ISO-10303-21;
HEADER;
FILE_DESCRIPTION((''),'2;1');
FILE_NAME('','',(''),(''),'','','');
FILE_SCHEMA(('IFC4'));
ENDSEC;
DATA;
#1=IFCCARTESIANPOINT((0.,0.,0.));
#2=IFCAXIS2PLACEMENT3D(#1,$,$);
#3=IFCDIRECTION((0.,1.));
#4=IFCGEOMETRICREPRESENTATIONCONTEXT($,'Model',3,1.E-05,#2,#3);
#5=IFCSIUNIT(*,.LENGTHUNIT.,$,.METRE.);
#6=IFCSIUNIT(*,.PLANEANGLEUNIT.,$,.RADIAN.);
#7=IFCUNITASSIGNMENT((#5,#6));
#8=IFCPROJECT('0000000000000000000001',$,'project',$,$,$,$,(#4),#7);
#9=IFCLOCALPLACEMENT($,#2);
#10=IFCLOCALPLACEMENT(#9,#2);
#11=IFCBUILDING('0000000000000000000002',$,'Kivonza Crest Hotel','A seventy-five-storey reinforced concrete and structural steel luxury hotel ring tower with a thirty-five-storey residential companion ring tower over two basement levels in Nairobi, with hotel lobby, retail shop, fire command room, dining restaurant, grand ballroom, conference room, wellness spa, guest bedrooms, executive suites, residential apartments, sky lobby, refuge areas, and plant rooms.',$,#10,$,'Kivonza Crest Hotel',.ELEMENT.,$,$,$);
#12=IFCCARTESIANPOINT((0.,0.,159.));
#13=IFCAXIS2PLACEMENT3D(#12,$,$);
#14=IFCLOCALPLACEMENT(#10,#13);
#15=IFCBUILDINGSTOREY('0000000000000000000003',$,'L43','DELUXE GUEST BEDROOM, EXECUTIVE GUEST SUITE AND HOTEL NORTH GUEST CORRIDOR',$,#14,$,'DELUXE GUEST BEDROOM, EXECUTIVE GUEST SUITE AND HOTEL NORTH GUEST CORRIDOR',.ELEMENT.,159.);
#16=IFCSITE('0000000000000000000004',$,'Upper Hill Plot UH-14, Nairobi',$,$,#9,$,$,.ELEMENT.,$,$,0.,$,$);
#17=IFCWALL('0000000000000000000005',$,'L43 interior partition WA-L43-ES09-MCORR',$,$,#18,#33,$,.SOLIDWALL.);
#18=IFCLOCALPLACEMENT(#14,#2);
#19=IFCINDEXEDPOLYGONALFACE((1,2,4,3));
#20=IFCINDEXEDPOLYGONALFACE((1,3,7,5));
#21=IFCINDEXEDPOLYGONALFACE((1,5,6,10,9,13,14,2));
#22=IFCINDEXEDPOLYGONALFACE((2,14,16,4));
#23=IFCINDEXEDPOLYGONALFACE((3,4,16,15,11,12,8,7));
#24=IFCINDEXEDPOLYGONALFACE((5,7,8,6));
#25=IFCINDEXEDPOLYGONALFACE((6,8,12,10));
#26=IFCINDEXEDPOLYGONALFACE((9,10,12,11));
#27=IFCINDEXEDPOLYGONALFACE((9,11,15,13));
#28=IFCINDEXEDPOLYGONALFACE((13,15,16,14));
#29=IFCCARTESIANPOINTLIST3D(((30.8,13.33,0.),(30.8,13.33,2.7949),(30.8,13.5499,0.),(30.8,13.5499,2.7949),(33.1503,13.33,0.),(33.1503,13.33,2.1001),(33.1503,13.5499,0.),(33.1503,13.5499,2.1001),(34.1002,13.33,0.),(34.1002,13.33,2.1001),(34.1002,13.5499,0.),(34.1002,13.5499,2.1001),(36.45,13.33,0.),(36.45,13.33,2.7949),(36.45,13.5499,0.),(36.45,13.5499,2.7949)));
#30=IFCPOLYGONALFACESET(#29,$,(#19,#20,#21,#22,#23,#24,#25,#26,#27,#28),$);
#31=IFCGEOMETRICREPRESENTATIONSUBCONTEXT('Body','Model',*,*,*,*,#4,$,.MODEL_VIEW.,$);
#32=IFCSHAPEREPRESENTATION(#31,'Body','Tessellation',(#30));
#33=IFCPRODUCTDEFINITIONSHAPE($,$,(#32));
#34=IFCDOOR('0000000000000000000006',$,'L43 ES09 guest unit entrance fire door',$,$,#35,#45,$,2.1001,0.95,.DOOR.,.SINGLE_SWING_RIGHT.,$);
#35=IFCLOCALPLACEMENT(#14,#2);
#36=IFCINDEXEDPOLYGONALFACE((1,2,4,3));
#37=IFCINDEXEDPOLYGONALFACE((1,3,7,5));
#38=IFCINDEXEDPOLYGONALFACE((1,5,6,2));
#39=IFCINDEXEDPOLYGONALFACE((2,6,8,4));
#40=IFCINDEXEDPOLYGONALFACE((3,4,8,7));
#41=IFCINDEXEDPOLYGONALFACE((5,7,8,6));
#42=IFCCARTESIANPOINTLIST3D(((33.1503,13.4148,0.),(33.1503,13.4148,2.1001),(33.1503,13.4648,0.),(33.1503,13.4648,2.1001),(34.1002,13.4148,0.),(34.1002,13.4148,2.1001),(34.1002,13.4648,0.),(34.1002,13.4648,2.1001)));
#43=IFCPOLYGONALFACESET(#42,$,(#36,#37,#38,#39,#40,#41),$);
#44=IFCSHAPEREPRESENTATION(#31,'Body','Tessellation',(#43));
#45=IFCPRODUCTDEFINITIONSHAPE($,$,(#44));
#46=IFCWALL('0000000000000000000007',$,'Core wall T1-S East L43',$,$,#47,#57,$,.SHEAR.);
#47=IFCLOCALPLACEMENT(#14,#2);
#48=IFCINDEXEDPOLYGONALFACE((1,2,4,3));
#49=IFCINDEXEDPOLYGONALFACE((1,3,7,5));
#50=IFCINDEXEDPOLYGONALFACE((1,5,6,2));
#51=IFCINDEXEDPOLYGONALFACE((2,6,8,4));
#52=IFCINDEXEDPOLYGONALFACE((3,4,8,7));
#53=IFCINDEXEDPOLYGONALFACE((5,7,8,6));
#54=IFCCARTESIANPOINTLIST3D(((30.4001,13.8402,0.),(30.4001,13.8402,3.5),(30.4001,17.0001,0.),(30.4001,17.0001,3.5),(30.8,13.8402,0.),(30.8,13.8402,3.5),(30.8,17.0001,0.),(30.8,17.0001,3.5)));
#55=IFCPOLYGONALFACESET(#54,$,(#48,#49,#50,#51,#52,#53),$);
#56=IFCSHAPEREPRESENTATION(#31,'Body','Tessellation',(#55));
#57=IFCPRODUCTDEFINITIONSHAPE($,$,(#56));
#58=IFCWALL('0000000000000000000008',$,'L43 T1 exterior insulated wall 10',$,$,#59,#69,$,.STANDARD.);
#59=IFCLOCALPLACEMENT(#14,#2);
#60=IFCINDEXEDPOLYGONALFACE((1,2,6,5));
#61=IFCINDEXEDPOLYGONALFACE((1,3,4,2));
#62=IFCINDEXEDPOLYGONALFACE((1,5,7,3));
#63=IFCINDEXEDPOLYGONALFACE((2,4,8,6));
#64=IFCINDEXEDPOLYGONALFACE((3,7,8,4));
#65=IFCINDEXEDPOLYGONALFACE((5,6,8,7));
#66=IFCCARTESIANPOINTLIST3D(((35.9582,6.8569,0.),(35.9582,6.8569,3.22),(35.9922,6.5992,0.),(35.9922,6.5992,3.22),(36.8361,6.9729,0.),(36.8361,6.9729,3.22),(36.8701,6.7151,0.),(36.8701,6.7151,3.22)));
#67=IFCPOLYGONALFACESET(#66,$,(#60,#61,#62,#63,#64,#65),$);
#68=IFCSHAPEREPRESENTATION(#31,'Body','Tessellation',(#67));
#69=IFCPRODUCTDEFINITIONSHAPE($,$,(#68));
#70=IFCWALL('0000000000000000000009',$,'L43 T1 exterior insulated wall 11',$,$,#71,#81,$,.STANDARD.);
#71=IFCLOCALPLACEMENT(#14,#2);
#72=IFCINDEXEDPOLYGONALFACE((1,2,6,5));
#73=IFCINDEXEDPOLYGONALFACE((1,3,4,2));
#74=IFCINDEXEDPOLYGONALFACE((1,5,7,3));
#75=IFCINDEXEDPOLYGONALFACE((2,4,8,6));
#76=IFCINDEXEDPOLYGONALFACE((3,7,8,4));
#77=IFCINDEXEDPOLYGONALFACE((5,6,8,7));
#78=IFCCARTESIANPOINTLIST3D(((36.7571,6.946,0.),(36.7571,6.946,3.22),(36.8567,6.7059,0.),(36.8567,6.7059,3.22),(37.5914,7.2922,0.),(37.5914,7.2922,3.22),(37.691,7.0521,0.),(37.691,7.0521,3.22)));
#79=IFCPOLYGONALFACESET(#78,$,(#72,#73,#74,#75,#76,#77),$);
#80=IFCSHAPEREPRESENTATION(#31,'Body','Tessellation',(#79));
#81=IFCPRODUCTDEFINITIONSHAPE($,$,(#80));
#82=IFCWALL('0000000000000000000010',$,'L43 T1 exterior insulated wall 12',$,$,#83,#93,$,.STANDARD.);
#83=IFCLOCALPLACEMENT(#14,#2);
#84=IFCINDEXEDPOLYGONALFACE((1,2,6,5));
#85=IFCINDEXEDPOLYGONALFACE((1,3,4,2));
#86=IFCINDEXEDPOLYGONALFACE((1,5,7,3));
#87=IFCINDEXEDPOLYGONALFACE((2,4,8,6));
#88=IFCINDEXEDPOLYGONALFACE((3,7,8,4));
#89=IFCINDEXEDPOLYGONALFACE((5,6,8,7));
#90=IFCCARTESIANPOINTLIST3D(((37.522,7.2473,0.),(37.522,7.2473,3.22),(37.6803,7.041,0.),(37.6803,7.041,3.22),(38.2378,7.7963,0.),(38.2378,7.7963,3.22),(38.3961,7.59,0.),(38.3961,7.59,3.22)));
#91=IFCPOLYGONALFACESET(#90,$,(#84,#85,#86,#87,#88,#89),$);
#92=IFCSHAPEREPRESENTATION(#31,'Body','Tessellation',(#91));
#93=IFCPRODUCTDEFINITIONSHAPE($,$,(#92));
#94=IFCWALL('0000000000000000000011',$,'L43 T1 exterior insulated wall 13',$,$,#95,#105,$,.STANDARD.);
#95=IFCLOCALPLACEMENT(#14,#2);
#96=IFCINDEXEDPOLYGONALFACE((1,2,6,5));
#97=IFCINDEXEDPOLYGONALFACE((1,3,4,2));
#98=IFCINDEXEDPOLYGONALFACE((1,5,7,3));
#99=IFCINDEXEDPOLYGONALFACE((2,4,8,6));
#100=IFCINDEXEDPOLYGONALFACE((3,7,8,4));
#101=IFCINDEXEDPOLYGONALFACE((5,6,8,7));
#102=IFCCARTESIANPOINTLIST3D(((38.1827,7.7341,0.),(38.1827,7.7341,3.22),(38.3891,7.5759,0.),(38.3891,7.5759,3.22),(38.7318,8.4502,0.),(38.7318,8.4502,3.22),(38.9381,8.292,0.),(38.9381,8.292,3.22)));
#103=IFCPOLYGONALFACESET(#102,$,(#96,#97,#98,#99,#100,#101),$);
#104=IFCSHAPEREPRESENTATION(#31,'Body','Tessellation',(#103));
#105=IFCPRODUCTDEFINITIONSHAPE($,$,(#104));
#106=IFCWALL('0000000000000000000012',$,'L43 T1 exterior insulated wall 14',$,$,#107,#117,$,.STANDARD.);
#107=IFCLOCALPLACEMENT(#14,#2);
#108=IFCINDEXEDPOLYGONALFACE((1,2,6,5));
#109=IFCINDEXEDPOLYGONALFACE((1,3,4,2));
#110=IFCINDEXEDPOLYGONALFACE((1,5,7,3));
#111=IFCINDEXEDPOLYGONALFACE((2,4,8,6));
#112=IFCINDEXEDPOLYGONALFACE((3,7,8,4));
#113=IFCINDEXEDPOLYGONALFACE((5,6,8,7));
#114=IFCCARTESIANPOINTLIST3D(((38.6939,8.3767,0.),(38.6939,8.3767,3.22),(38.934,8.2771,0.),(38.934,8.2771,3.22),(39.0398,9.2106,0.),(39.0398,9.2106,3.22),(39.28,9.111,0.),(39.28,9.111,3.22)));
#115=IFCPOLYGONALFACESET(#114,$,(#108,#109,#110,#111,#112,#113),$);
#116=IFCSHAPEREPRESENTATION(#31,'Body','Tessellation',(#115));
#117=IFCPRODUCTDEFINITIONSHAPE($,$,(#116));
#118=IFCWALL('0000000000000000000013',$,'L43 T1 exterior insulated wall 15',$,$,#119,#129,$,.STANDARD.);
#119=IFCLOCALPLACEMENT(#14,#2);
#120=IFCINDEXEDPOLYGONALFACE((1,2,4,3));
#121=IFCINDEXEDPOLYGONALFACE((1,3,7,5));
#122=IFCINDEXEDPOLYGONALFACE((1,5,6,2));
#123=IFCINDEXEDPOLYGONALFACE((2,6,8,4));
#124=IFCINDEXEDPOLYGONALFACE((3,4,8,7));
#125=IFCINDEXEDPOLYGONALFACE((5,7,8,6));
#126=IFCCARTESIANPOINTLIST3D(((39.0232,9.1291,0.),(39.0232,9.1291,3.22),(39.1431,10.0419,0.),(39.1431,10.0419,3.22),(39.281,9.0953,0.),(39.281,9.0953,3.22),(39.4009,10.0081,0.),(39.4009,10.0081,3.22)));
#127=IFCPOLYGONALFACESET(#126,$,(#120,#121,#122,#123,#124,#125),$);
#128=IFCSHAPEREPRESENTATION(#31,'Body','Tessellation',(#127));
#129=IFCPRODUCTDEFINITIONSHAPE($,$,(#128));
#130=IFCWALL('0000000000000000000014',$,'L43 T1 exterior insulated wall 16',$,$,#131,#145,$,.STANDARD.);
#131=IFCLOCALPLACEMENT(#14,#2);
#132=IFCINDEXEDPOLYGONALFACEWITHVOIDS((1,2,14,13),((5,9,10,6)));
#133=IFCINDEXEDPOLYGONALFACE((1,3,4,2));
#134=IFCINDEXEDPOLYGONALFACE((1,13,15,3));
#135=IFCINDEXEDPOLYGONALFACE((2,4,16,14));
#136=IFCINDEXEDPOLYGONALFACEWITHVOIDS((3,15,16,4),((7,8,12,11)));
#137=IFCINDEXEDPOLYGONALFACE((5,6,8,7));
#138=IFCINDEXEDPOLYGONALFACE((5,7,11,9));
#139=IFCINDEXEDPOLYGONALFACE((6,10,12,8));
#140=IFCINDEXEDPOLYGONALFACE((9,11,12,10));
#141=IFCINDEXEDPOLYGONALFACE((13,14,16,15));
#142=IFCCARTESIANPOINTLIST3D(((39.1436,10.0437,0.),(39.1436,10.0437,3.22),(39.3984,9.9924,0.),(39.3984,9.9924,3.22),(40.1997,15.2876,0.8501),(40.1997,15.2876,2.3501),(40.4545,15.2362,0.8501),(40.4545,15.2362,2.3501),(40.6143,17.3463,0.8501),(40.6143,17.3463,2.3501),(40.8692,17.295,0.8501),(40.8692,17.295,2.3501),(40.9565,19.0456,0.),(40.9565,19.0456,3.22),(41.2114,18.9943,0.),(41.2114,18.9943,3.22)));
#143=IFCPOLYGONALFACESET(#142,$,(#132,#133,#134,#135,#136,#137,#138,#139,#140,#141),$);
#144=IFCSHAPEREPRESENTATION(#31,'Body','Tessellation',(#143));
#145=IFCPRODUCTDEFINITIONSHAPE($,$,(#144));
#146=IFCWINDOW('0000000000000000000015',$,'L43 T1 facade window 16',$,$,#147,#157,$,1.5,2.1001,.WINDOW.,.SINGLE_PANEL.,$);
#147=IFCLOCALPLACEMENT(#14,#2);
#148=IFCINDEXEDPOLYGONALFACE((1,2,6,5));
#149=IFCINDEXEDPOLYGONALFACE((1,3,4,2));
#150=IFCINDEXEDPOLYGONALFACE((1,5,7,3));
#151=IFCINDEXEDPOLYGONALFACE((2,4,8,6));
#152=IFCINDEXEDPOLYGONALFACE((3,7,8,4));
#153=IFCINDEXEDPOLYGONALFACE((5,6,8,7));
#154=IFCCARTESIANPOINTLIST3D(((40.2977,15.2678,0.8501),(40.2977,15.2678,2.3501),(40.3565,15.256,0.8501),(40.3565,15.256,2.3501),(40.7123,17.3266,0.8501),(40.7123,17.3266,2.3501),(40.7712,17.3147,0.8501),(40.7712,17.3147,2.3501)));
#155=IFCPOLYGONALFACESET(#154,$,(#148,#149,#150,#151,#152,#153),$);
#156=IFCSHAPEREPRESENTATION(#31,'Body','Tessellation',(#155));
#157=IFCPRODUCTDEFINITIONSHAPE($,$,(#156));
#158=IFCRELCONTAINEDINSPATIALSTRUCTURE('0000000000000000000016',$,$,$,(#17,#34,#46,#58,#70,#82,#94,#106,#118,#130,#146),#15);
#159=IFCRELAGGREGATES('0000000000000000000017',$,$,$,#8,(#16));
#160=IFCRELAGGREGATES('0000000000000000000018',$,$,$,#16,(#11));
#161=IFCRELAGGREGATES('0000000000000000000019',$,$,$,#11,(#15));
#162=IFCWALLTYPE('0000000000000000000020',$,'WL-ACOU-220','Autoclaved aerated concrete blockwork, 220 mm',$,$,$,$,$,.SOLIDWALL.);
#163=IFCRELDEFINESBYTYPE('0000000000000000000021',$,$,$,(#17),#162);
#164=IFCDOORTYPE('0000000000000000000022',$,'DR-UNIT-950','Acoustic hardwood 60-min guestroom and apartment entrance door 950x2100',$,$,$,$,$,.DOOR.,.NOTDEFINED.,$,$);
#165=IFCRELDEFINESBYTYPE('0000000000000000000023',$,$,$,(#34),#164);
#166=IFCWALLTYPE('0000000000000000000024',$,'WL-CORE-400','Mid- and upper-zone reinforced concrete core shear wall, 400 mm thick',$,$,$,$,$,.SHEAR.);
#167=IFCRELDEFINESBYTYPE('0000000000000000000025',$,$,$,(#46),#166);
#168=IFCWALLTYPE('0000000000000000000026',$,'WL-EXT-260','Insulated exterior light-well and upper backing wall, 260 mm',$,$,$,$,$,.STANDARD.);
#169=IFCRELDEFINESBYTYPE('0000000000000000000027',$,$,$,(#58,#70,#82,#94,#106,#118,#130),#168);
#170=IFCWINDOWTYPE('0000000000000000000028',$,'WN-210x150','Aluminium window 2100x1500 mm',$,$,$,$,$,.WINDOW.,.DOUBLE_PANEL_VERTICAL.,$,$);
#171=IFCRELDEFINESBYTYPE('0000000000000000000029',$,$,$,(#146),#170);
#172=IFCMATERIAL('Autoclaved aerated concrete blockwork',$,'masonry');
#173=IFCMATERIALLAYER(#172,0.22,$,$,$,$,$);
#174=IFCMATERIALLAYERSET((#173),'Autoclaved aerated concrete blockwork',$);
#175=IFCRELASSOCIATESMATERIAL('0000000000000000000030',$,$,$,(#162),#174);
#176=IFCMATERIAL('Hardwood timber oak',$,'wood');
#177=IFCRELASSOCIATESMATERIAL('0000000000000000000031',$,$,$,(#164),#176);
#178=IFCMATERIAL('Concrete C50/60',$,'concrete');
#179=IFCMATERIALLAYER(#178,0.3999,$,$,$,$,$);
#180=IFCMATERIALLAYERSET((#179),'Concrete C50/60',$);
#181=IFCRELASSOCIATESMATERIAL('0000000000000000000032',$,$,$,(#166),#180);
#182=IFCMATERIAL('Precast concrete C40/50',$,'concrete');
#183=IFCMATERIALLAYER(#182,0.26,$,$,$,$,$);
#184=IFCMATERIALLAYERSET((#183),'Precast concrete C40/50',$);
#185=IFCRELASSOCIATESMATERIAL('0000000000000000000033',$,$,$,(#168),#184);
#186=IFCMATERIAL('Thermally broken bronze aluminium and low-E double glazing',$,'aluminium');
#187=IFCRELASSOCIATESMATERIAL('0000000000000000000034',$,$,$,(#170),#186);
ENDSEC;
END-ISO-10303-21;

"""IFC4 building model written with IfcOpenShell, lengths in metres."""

from ifc_helpers import new_model, si_unit, direction, frame, frame_2d, origin, place, context, subcontext, project, spatial, rectangle, extrude, material, layer, layer_set, type_object, element, fill, save


model = new_model("IFC4")

# Units and contexts
model_context = context("Model", 3, precision=1e-05, world=origin(), true_north=direction((0.0, 1.0)))
body_context = subcontext(model_context, "Body", "Model", "MODEL_VIEW")
ifc_project = project(units=[si_unit("LENGTHUNIT", "METRE"), si_unit("PLANEANGLEUNIT", "RADIAN")], contexts=[model_context])

# Site, building, storey
site_placement = place(None, origin())
site = spatial("IfcSite", under=ifc_project, at=site_placement, Name="Upper Hill Plot UH-14, Nairobi", CompositionType="ELEMENT", RefElevation=0.0)
building_placement = place(site_placement, origin())
building = spatial("IfcBuilding", under=site, at=building_placement, Name="Kivonza Crest Hotel", Description="A seventy-five-storey reinforced concrete and structural steel luxury hotel ring tower with a thirty-five-storey residential companion ring tower over two basement levels in Nairobi, with hotel lobby, retail shop, fire command room, dining restaurant, grand ballroom, conference room, wellness spa, guest bedrooms, executive suites, residential apartments, sky lobby, refuge areas, and plant rooms.", LongName="Kivonza Crest Hotel", CompositionType="ELEMENT")
storey_placement = place(building_placement, frame((0.0, 0.0, 159.0)))
storey = spatial("IfcBuildingStorey", under=building, at=storey_placement, Name="L43", Description="DELUXE GUEST BEDROOM, EXECUTIVE GUEST SUITE AND HOTEL NORTH GUEST CORRIDOR", LongName="DELUXE GUEST BEDROOM, EXECUTIVE GUEST SUITE AND HOTEL NORTH GUEST CORRIDOR", CompositionType="ELEMENT", Elevation=159.0)

# Shared definitions
ifc_material_1 = material(Name="Concrete C50/60", Category="concrete")

# Shared definitions
ifc_material_2 = material(Name="Autoclaved aerated concrete blockwork", Category="masonry")
ifc_layer_1 = layer(ifc_material_2, 0.22)
ifc_layer_set_1 = layer_set([ifc_layer_1], Name="Autoclaved aerated concrete blockwork")
wall_type_1 = type_object("IfcWallType", Name="WL-ACOU-220", Description="Autoclaved aerated concrete blockwork, 220 mm", PredefinedType="SOLIDWALL", material=ifc_layer_set_1)
ifc_material_3 = material(Name="Hardwood timber oak", Category="wood")

# Wall, opening, door
wall_1_placement = place(storey_placement, frame((30.8, 13.4399, 0.0), z_axis=(0.0, 0.0, 1.0), x_axis=(1.0, 0.0, 0.0)))
wall_1 = element("IfcWall", 1, at=wall_1_placement, inside=storey, type_object=wall_type_1, Name="L43 interior partition WA-L43-ES09-MCORR", PredefinedType="SOLIDWALL", context=body_context, shape_type="SweptSolid", body=[
    extrude(rectangle(XDim=5.6499, YDim=0.22, at=frame_2d((2.825, 0.0))), origin(), (0.0, 0.0, 1.0), 2.7949),
])
opening_1_placement = place(wall_1_placement, frame((2.3501, 0.0, 0.0)))
opening_1 = element("IfcOpeningElement", 2, at=opening_1_placement, cuts=wall_1, PredefinedType="OPENING", context=body_context, shape_type="SweptSolid", body=[
    extrude(rectangle(XDim=0.95, YDim=2.1001, at=frame_2d((0.4751, 1.05))), frame((0.0, 0.1201, 0.0), z_axis=(0.0, -1.0, 0.0), x_axis=(1.0, 0.0, 0.0)), (0.0, 0.0, 1.0), 0.24),
])
door_type_1 = type_object("IfcDoorType", Name="DR-UNIT-950", Description="Acoustic hardwood 60-min guestroom and apartment entrance door 950x2100", OperationType="NOTDEFINED", PredefinedType="DOOR", material=ifc_material_3)
door_1_placement = place(opening_1_placement, origin())
door_1 = element("IfcDoor", 3, at=door_1_placement, inside=storey, type_object=door_type_1, Name="L43 ES09 guest unit entrance fire door", OperationType="SINGLE_SWING_RIGHT", OverallHeight=2.1001, OverallWidth=0.95, PredefinedType="DOOR", context=body_context, shape_type="SweptSolid", body=[
    extrude(rectangle(XDim=0.95, YDim=2.1001, at=frame_2d((0.4751, 1.05))), frame((0.0, 0.0249, 0.0), z_axis=(0.0, -1.0, 0.0), x_axis=(1.0, 0.0, 0.0)), (0.0, 0.0, 1.0), 0.05),
])
fill(opening_1, door_1)

# Walls
ifc_layer_2 = layer(ifc_material_1, 0.3999)
ifc_layer_set_2 = layer_set([ifc_layer_2], Name="Concrete C50/60")
wall_type_2 = type_object("IfcWallType", Name="WL-CORE-400", Description="Mid- and upper-zone reinforced concrete core shear wall, 400 mm thick", PredefinedType="SHEAR", material=ifc_layer_set_2)
wall_2_placement = place(storey_placement, frame((30.6001, 13.8401, 0.0), z_axis=(0.0, 0.0, 1.0), x_axis=(0.0, 1.0, 0.0)))
element("IfcWall", 4, at=wall_2_placement, inside=storey, type_object=wall_type_2, Name="Core wall T1-S East L43", PredefinedType="SHEAR", context=body_context, shape_type="SweptSolid", body=[
    extrude(rectangle(XDim=3.1599, YDim=0.3999, at=frame_2d((1.5801, 0.0))), origin(), (0.0, 0.0, 1.0), 3.5),
])
ifc_material_4 = material(Name="Precast concrete C40/50", Category="concrete")
ifc_layer_3 = layer(ifc_material_4, 0.26)
ifc_layer_set_3 = layer_set([ifc_layer_3], Name="Precast concrete C40/50")
wall_type_3 = type_object("IfcWallType", Name="WL-EXT-260", Description="Insulated exterior light-well and upper backing wall, 260 mm", PredefinedType="STANDARD", material=ifc_layer_set_3)
wall_3_placement = place(storey_placement, frame((35.9751, 6.728, 0.0), z_axis=(0.0, 0.0, 1.0), x_axis=(0.991388, 0.130954, 0.0)))
element("IfcWall", 5, at=wall_3_placement, inside=storey, type_object=wall_type_3, Name="L43 T1 exterior insulated wall 10", PredefinedType="STANDARD", context=body_context, shape_type="SweptSolid", body=[
    extrude(rectangle(XDim=0.8855, YDim=0.26, at=frame_2d((0.4429, 0.0))), origin(), (0.0, 0.0, 1.0), 3.22),
])
wall_4_placement = place(storey_placement, frame((36.8069, 6.8259, 0.0), z_axis=(0.0, 0.0, 1.0), x_axis=(0.923628, 0.383291, 0.0)))
element("IfcWall", 6, at=wall_4_placement, inside=storey, type_object=wall_type_3, Name="L43 T1 exterior insulated wall 11", PredefinedType="STANDARD", context=body_context, shape_type="SweptSolid", body=[
    extrude(rectangle(XDim=0.9033, YDim=0.26, at=frame_2d((0.4517, 0.0))), origin(), (0.0, 0.0, 1.0), 3.22),
])
wall_5_placement = place(storey_placement, frame((37.6011, 7.144, 0.0), z_axis=(0.0, 0.0, 1.0), x_axis=(0.793458, 0.608625, 0.0)))
element("IfcWall", 7, at=wall_5_placement, inside=storey, type_object=wall_type_3, Name="L43 T1 exterior insulated wall 12", PredefinedType="STANDARD", context=body_context, shape_type="SweptSolid", body=[
    extrude(rectangle(XDim=0.9021, YDim=0.26, at=frame_2d((0.4512, 0.0))), origin(), (0.0, 0.0, 1.0), 3.22),
])
wall_6_placement = place(storey_placement, frame((38.2859, 7.655, 0.0), z_axis=(0.0, 0.0, 1.0), x_axis=(0.608494, 0.793558, 0.0)))
element("IfcWall", 8, at=wall_6_placement, inside=storey, type_object=wall_type_3, Name="L43 T1 exterior insulated wall 13", PredefinedType="STANDARD", context=body_context, shape_type="SweptSolid", body=[
    extrude(rectangle(XDim=0.9023, YDim=0.26, at=frame_2d((0.4512, 0.0))), origin(), (0.0, 0.0, 1.0), 3.22),
])
wall_7_placement = place(storey_placement, frame((38.814, 8.3269, 0.0), z_axis=(0.0, 0.0, 1.0), x_axis=(0.383156, 0.923684, 0.0)))
element("IfcWall", 9, at=wall_7_placement, inside=storey, type_object=wall_type_3, Name="L43 T1 exterior insulated wall 14", PredefinedType="STANDARD", context=body_context, shape_type="SweptSolid", body=[
    extrude(rectangle(XDim=0.9028, YDim=0.26, at=frame_2d((0.4514, 0.0))), origin(), (0.0, 0.0, 1.0), 3.22),
])
wall_8_placement = place(storey_placement, frame((39.1521, 9.1121, 0.0), z_axis=(0.0, 0.0, 1.0), x_axis=(0.130201, 0.991488, 0.0)))
element("IfcWall", 10, at=wall_8_placement, inside=storey, type_object=wall_type_3, Name="L43 T1 exterior insulated wall 15", PredefinedType="STANDARD", context=body_context, shape_type="SweptSolid", body=[
    extrude(rectangle(XDim=0.9207, YDim=0.26, at=frame_2d((0.4604, 0.0))), origin(), (0.0, 0.0, 1.0), 3.22),
])

# Wall, opening, window
wall_9_placement = place(storey_placement, frame((39.271, 10.0181, 0.0), z_axis=(0.0, 0.0, 1.0), x_axis=(0.197435, 0.980316, 0.0)))
wall_9 = element("IfcWall", 11, at=wall_9_placement, inside=storey, type_object=wall_type_3, Name="L43 T1 exterior insulated wall 16", PredefinedType="STANDARD", context=body_context, shape_type="SweptSolid", body=[
    extrude(rectangle(XDim=9.1826, YDim=0.26, at=frame_2d((4.5913, 0.0))), origin(), (0.0, 0.0, 1.0), 3.22),
])
opening_2_placement = place(wall_9_placement, frame((5.3491, 0.0, 0.8501)))
opening_2 = element("IfcOpeningElement", 12, at=opening_2_placement, cuts=wall_9, PredefinedType="OPENING", context=body_context, shape_type="SweptSolid", body=[
    extrude(rectangle(XDim=2.1001, YDim=1.5, at=frame_2d((1.05, 0.75))), frame((0.0, 0.1401, 0.0), z_axis=(0.0, -1.0, 0.0), x_axis=(1.0, 0.0, 0.0)), (0.0, 0.0, 1.0), 0.28),
])
ifc_material_5 = material(Name="Thermally broken bronze aluminium and low-E double glazing", Category="aluminium")
window_type = type_object("IfcWindowType", Name="WN-210x150", Description="Aluminium window 2100x1500 mm", PartitioningType="DOUBLE_PANEL_VERTICAL", PredefinedType="WINDOW", material=ifc_material_5)
window_placement = place(opening_2_placement, origin())
window = element("IfcWindow", 13, at=window_placement, inside=storey, type_object=window_type, Name="L43 T1 facade window 16", OverallHeight=1.5, OverallWidth=2.1001, PartitioningType="SINGLE_PANEL", PredefinedType="WINDOW", context=body_context, shape_type="SweptSolid", body=[
    extrude(rectangle(XDim=2.1001, YDim=1.5, at=frame_2d((1.05, 0.75))), frame((0.0, 0.03, 0.0), z_axis=(0.0, -1.0, 0.0), x_axis=(1.0, 0.0, 0.0)), (0.0, 0.0, 1.0), 0.0601),
])
fill(opening_2, window)

save(model, "model.ifc")
